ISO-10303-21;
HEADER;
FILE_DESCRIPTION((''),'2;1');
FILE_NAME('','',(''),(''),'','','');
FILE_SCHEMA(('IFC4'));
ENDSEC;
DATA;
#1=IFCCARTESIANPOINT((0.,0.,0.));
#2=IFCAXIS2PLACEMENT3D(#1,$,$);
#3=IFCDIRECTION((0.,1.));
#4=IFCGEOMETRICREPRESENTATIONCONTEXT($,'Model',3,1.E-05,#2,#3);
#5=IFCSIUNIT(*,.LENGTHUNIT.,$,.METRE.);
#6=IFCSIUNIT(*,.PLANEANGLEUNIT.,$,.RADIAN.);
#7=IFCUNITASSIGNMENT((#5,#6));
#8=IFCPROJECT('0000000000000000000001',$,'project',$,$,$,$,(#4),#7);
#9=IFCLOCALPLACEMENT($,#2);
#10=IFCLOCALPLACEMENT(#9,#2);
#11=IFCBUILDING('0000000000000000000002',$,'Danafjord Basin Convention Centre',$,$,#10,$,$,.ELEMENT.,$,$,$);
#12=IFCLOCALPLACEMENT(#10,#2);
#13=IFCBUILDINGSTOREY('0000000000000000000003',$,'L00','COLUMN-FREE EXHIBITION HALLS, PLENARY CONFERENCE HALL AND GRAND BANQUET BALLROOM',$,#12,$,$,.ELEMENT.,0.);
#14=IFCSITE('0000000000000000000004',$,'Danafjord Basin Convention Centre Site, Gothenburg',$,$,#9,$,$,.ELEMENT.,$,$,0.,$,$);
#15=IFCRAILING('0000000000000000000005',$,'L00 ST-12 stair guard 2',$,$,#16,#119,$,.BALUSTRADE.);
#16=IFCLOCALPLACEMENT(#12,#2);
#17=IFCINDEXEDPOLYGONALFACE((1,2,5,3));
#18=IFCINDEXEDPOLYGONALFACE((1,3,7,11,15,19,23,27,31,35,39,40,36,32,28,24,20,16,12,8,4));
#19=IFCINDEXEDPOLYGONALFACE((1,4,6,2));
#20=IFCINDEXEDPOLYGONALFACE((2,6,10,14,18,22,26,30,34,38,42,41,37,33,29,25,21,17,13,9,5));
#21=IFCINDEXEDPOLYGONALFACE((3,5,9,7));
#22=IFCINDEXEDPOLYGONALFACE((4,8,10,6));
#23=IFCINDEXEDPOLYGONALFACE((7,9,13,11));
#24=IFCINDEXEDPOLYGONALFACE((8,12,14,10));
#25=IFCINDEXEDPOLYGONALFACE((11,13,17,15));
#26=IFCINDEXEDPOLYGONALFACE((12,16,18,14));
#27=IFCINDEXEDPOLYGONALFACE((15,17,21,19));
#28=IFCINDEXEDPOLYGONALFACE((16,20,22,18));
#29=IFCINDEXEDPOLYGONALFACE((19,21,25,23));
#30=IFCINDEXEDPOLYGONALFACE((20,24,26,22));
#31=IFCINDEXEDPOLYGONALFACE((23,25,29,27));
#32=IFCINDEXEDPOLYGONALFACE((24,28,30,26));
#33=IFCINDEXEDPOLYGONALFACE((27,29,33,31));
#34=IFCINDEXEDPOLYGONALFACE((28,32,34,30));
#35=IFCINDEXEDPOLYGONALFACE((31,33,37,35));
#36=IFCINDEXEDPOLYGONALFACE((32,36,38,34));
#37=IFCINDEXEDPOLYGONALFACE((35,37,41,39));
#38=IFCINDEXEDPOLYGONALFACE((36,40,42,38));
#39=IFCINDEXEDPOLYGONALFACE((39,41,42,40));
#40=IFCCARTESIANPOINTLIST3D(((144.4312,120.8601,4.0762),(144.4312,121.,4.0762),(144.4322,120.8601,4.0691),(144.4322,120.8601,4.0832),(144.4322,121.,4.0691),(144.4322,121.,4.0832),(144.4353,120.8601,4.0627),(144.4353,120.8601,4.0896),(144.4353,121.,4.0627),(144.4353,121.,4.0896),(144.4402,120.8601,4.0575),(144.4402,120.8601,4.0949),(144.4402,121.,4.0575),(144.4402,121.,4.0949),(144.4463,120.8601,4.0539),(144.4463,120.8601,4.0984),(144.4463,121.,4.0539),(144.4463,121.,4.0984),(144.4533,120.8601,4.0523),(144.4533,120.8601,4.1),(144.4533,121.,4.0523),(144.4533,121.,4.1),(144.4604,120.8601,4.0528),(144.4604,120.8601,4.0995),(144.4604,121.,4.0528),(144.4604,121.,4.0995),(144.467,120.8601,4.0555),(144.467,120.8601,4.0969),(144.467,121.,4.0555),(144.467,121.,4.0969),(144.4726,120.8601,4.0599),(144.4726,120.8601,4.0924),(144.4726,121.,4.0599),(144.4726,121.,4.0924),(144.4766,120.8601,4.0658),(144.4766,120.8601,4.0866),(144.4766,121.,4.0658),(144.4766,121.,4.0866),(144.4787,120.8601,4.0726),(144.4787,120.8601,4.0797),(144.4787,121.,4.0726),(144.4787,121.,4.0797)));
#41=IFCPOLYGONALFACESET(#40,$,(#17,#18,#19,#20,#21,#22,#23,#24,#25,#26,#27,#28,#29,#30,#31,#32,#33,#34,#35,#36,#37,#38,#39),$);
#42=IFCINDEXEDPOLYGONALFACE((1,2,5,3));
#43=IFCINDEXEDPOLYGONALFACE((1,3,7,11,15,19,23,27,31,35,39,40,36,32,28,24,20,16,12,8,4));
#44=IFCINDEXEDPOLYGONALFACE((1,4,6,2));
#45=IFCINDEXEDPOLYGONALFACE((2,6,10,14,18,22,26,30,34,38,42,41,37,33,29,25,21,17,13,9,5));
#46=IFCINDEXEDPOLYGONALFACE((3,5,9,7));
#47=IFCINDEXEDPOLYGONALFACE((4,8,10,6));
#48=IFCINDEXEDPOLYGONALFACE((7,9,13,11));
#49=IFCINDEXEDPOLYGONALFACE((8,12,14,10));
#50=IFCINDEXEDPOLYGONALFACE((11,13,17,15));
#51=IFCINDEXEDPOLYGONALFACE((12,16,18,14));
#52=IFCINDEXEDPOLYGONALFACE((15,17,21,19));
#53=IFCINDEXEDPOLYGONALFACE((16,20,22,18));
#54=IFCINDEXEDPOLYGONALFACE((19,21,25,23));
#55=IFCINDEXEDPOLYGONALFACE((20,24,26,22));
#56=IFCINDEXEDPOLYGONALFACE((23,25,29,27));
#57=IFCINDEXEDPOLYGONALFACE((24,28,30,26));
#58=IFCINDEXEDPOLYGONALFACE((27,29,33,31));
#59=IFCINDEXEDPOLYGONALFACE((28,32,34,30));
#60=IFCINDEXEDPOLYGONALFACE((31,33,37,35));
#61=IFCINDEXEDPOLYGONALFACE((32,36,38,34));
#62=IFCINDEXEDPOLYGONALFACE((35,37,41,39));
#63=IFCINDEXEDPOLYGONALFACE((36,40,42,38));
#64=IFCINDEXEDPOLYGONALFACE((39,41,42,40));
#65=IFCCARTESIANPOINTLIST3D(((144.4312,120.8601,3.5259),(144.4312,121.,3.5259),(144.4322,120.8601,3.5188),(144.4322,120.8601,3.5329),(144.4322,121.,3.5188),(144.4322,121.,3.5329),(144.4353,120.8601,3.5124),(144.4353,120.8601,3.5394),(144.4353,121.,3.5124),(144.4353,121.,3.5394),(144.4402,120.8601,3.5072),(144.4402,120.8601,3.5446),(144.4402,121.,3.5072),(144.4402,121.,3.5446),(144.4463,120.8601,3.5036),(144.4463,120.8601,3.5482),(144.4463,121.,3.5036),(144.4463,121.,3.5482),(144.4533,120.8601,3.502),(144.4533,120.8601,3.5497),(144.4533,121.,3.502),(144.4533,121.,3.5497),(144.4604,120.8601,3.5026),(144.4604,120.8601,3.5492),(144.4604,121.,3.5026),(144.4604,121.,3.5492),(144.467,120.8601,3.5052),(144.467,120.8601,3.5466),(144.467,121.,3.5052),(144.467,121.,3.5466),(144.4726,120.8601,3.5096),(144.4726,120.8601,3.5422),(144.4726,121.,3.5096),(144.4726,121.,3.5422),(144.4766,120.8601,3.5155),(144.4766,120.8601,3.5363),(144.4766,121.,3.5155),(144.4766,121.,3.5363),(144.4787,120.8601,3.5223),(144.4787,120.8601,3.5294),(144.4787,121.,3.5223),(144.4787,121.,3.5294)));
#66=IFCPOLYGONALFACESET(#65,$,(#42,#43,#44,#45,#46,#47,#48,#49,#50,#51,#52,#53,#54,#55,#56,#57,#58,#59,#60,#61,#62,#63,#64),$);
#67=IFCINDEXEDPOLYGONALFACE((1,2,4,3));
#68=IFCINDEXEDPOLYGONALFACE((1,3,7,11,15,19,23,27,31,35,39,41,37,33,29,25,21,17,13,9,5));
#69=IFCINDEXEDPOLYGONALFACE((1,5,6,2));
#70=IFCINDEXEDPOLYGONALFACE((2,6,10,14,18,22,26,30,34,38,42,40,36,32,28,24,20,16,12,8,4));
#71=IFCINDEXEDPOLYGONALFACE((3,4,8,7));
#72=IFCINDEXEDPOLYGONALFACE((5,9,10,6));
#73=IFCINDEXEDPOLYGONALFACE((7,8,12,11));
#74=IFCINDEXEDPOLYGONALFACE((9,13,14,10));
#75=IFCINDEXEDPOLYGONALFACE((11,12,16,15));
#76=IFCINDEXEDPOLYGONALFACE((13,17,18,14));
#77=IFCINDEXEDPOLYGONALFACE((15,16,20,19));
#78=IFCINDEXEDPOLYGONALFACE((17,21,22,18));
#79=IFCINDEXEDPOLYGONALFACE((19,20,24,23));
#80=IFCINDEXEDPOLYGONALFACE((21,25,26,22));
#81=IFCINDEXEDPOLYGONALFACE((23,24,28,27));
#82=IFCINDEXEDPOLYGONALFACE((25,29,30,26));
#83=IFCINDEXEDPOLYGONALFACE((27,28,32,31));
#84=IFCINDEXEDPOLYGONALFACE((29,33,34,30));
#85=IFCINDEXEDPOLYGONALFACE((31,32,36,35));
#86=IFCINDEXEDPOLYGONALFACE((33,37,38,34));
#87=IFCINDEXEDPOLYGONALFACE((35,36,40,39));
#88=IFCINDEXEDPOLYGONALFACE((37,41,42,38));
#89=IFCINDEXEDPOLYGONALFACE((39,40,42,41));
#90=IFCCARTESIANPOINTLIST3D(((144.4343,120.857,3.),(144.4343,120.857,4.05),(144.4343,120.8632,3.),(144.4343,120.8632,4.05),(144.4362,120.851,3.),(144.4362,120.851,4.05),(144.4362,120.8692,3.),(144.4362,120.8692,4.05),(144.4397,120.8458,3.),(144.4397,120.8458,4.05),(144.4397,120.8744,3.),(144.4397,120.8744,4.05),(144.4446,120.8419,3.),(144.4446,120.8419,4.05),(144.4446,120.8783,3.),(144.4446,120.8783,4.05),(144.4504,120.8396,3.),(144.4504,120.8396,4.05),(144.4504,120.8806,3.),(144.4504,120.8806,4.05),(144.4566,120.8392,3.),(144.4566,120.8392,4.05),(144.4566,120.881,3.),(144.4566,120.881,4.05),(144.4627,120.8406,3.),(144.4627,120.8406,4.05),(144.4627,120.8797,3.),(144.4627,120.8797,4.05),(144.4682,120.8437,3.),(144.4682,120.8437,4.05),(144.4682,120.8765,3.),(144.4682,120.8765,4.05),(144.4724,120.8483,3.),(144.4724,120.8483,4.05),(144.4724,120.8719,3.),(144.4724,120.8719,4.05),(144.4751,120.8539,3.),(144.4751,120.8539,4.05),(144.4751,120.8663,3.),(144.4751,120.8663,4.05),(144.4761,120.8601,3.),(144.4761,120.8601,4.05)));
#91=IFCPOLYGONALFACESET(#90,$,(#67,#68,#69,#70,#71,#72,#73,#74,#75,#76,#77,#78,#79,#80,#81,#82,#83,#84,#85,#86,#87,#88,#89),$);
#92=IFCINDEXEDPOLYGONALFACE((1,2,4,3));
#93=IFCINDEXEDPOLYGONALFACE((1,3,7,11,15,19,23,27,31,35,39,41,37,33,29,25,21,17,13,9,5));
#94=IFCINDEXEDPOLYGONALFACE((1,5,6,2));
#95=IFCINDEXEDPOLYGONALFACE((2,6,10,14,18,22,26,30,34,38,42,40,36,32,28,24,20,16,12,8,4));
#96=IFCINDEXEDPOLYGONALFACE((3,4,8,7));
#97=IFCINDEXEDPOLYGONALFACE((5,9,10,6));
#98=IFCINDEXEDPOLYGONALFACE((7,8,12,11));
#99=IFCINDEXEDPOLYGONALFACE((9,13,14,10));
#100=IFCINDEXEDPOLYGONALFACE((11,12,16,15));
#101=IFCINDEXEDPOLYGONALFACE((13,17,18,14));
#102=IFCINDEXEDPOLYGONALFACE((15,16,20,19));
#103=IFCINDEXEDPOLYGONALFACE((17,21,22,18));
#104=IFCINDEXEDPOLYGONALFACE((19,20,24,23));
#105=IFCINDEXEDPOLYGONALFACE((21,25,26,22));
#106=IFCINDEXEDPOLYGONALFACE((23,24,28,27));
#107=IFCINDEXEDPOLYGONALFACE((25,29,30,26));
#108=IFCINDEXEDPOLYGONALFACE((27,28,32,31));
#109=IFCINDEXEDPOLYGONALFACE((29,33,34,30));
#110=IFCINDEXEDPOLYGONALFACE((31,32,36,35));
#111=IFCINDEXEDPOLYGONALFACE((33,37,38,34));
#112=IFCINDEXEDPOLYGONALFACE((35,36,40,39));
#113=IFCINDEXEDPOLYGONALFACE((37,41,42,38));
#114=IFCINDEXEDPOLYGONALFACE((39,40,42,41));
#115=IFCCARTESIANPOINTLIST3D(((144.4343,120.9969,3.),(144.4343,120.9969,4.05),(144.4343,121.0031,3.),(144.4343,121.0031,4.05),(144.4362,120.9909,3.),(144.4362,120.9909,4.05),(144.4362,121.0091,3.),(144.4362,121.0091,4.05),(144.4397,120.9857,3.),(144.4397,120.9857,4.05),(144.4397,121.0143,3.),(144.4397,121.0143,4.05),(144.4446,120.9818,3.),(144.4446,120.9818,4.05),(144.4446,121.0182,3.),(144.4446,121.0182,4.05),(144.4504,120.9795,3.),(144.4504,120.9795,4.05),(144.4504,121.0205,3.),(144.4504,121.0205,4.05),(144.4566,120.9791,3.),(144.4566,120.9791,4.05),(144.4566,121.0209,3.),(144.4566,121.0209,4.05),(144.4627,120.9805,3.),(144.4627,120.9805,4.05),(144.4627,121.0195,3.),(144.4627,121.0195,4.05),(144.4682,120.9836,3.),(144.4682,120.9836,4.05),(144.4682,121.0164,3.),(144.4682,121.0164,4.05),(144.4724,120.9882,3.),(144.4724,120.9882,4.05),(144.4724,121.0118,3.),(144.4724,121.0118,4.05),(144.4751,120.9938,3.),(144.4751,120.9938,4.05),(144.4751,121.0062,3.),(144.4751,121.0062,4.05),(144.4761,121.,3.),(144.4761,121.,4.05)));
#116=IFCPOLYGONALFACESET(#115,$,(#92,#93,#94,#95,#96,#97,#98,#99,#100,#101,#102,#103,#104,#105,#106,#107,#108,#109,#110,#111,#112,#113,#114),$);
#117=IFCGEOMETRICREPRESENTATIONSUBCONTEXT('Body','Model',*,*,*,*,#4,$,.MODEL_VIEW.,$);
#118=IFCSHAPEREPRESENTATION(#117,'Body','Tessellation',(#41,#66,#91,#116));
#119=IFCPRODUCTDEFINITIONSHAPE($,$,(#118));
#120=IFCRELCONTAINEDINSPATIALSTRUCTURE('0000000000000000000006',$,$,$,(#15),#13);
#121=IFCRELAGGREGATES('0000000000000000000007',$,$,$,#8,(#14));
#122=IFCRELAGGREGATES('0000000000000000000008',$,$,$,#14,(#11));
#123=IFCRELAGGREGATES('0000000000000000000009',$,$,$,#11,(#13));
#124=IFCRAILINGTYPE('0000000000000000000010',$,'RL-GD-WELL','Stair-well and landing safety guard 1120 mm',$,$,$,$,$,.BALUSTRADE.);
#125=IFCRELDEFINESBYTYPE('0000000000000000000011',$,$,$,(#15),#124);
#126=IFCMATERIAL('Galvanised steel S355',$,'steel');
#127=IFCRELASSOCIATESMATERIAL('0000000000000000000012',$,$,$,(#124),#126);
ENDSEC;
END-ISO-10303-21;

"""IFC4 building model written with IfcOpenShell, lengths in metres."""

from ifc_helpers import new_model, si_unit, direction, frame, origin, origin_2d, place, context, subcontext, project, spatial, circle, extrude, material, type_object, element, save


model = new_model("IFC4")

# Units and contexts
model_context = context("Model", 3, precision=1e-05, world=origin(), true_north=direction((0.0, 1.0)))
body_context = subcontext(model_context, "Body", "Model", "MODEL_VIEW")
ifc_project = project(units=[si_unit("LENGTHUNIT", "METRE"), si_unit("PLANEANGLEUNIT", "RADIAN")], contexts=[model_context])

# Site, building, storey
site_placement = place(None, origin())
site = spatial("IfcSite", under=ifc_project, at=site_placement, Name="Danafjord Basin Convention Centre Site, Gothenburg", CompositionType="ELEMENT", RefElevation=0.0)
building_placement = place(site_placement, origin())
building = spatial("IfcBuilding", under=site, at=building_placement, Name="Danafjord Basin Convention Centre", CompositionType="ELEMENT")
storey_placement = place(building_placement, origin())
storey = spatial("IfcBuildingStorey", under=building, at=storey_placement, Name="L00", Description="COLUMN-FREE EXHIBITION HALLS, PLENARY CONFERENCE HALL AND GRAND BANQUET BALLROOM", CompositionType="ELEMENT", Elevation=0.0)

# Railing
ifc_material_1 = material(Name="Galvanised steel S355", Category="steel")
railing_type_1 = type_object("IfcRailingType", Name="RL-GD-WELL", Description="Stair-well and landing safety guard 1120 mm", PredefinedType="BALUSTRADE", material=ifc_material_1)
railing_1_placement = place(storey_placement, frame((144.4551, 120.8601, 3.0)))
element("IfcRailing", 1, at=railing_1_placement, inside=storey, type_object=railing_type_1, Name="L00 ST-12 stair guard 2", PredefinedType="BALUSTRADE", context=body_context, shape_type="SweptSolid", body=[
    extrude(circle(Radius=0.0239, at=origin_2d()), frame((0.0, 0.0, 1.0762), z_axis=(0.0, 1.0, 0.0), x_axis=(-1.0, 0.0, 0.0)), (0.0, 0.0, 1.0), 0.1399),
    extrude(circle(Radius=0.0239, at=origin_2d()), frame((0.0, 0.0, 0.5259), z_axis=(0.0, 1.0, 0.0), x_axis=(-1.0, 0.0, 0.0)), (0.0, 0.0, 1.0), 0.1399),
    extrude(circle(Radius=0.021, at=origin_2d()), origin(), (0.0, 0.0, 1.0), 1.05),
    extrude(circle(Radius=0.021, at=origin_2d()), frame((0.0, 0.1399, 0.0)), (0.0, 0.0, 1.0), 1.05),
])

save(model, "model.ifc")
